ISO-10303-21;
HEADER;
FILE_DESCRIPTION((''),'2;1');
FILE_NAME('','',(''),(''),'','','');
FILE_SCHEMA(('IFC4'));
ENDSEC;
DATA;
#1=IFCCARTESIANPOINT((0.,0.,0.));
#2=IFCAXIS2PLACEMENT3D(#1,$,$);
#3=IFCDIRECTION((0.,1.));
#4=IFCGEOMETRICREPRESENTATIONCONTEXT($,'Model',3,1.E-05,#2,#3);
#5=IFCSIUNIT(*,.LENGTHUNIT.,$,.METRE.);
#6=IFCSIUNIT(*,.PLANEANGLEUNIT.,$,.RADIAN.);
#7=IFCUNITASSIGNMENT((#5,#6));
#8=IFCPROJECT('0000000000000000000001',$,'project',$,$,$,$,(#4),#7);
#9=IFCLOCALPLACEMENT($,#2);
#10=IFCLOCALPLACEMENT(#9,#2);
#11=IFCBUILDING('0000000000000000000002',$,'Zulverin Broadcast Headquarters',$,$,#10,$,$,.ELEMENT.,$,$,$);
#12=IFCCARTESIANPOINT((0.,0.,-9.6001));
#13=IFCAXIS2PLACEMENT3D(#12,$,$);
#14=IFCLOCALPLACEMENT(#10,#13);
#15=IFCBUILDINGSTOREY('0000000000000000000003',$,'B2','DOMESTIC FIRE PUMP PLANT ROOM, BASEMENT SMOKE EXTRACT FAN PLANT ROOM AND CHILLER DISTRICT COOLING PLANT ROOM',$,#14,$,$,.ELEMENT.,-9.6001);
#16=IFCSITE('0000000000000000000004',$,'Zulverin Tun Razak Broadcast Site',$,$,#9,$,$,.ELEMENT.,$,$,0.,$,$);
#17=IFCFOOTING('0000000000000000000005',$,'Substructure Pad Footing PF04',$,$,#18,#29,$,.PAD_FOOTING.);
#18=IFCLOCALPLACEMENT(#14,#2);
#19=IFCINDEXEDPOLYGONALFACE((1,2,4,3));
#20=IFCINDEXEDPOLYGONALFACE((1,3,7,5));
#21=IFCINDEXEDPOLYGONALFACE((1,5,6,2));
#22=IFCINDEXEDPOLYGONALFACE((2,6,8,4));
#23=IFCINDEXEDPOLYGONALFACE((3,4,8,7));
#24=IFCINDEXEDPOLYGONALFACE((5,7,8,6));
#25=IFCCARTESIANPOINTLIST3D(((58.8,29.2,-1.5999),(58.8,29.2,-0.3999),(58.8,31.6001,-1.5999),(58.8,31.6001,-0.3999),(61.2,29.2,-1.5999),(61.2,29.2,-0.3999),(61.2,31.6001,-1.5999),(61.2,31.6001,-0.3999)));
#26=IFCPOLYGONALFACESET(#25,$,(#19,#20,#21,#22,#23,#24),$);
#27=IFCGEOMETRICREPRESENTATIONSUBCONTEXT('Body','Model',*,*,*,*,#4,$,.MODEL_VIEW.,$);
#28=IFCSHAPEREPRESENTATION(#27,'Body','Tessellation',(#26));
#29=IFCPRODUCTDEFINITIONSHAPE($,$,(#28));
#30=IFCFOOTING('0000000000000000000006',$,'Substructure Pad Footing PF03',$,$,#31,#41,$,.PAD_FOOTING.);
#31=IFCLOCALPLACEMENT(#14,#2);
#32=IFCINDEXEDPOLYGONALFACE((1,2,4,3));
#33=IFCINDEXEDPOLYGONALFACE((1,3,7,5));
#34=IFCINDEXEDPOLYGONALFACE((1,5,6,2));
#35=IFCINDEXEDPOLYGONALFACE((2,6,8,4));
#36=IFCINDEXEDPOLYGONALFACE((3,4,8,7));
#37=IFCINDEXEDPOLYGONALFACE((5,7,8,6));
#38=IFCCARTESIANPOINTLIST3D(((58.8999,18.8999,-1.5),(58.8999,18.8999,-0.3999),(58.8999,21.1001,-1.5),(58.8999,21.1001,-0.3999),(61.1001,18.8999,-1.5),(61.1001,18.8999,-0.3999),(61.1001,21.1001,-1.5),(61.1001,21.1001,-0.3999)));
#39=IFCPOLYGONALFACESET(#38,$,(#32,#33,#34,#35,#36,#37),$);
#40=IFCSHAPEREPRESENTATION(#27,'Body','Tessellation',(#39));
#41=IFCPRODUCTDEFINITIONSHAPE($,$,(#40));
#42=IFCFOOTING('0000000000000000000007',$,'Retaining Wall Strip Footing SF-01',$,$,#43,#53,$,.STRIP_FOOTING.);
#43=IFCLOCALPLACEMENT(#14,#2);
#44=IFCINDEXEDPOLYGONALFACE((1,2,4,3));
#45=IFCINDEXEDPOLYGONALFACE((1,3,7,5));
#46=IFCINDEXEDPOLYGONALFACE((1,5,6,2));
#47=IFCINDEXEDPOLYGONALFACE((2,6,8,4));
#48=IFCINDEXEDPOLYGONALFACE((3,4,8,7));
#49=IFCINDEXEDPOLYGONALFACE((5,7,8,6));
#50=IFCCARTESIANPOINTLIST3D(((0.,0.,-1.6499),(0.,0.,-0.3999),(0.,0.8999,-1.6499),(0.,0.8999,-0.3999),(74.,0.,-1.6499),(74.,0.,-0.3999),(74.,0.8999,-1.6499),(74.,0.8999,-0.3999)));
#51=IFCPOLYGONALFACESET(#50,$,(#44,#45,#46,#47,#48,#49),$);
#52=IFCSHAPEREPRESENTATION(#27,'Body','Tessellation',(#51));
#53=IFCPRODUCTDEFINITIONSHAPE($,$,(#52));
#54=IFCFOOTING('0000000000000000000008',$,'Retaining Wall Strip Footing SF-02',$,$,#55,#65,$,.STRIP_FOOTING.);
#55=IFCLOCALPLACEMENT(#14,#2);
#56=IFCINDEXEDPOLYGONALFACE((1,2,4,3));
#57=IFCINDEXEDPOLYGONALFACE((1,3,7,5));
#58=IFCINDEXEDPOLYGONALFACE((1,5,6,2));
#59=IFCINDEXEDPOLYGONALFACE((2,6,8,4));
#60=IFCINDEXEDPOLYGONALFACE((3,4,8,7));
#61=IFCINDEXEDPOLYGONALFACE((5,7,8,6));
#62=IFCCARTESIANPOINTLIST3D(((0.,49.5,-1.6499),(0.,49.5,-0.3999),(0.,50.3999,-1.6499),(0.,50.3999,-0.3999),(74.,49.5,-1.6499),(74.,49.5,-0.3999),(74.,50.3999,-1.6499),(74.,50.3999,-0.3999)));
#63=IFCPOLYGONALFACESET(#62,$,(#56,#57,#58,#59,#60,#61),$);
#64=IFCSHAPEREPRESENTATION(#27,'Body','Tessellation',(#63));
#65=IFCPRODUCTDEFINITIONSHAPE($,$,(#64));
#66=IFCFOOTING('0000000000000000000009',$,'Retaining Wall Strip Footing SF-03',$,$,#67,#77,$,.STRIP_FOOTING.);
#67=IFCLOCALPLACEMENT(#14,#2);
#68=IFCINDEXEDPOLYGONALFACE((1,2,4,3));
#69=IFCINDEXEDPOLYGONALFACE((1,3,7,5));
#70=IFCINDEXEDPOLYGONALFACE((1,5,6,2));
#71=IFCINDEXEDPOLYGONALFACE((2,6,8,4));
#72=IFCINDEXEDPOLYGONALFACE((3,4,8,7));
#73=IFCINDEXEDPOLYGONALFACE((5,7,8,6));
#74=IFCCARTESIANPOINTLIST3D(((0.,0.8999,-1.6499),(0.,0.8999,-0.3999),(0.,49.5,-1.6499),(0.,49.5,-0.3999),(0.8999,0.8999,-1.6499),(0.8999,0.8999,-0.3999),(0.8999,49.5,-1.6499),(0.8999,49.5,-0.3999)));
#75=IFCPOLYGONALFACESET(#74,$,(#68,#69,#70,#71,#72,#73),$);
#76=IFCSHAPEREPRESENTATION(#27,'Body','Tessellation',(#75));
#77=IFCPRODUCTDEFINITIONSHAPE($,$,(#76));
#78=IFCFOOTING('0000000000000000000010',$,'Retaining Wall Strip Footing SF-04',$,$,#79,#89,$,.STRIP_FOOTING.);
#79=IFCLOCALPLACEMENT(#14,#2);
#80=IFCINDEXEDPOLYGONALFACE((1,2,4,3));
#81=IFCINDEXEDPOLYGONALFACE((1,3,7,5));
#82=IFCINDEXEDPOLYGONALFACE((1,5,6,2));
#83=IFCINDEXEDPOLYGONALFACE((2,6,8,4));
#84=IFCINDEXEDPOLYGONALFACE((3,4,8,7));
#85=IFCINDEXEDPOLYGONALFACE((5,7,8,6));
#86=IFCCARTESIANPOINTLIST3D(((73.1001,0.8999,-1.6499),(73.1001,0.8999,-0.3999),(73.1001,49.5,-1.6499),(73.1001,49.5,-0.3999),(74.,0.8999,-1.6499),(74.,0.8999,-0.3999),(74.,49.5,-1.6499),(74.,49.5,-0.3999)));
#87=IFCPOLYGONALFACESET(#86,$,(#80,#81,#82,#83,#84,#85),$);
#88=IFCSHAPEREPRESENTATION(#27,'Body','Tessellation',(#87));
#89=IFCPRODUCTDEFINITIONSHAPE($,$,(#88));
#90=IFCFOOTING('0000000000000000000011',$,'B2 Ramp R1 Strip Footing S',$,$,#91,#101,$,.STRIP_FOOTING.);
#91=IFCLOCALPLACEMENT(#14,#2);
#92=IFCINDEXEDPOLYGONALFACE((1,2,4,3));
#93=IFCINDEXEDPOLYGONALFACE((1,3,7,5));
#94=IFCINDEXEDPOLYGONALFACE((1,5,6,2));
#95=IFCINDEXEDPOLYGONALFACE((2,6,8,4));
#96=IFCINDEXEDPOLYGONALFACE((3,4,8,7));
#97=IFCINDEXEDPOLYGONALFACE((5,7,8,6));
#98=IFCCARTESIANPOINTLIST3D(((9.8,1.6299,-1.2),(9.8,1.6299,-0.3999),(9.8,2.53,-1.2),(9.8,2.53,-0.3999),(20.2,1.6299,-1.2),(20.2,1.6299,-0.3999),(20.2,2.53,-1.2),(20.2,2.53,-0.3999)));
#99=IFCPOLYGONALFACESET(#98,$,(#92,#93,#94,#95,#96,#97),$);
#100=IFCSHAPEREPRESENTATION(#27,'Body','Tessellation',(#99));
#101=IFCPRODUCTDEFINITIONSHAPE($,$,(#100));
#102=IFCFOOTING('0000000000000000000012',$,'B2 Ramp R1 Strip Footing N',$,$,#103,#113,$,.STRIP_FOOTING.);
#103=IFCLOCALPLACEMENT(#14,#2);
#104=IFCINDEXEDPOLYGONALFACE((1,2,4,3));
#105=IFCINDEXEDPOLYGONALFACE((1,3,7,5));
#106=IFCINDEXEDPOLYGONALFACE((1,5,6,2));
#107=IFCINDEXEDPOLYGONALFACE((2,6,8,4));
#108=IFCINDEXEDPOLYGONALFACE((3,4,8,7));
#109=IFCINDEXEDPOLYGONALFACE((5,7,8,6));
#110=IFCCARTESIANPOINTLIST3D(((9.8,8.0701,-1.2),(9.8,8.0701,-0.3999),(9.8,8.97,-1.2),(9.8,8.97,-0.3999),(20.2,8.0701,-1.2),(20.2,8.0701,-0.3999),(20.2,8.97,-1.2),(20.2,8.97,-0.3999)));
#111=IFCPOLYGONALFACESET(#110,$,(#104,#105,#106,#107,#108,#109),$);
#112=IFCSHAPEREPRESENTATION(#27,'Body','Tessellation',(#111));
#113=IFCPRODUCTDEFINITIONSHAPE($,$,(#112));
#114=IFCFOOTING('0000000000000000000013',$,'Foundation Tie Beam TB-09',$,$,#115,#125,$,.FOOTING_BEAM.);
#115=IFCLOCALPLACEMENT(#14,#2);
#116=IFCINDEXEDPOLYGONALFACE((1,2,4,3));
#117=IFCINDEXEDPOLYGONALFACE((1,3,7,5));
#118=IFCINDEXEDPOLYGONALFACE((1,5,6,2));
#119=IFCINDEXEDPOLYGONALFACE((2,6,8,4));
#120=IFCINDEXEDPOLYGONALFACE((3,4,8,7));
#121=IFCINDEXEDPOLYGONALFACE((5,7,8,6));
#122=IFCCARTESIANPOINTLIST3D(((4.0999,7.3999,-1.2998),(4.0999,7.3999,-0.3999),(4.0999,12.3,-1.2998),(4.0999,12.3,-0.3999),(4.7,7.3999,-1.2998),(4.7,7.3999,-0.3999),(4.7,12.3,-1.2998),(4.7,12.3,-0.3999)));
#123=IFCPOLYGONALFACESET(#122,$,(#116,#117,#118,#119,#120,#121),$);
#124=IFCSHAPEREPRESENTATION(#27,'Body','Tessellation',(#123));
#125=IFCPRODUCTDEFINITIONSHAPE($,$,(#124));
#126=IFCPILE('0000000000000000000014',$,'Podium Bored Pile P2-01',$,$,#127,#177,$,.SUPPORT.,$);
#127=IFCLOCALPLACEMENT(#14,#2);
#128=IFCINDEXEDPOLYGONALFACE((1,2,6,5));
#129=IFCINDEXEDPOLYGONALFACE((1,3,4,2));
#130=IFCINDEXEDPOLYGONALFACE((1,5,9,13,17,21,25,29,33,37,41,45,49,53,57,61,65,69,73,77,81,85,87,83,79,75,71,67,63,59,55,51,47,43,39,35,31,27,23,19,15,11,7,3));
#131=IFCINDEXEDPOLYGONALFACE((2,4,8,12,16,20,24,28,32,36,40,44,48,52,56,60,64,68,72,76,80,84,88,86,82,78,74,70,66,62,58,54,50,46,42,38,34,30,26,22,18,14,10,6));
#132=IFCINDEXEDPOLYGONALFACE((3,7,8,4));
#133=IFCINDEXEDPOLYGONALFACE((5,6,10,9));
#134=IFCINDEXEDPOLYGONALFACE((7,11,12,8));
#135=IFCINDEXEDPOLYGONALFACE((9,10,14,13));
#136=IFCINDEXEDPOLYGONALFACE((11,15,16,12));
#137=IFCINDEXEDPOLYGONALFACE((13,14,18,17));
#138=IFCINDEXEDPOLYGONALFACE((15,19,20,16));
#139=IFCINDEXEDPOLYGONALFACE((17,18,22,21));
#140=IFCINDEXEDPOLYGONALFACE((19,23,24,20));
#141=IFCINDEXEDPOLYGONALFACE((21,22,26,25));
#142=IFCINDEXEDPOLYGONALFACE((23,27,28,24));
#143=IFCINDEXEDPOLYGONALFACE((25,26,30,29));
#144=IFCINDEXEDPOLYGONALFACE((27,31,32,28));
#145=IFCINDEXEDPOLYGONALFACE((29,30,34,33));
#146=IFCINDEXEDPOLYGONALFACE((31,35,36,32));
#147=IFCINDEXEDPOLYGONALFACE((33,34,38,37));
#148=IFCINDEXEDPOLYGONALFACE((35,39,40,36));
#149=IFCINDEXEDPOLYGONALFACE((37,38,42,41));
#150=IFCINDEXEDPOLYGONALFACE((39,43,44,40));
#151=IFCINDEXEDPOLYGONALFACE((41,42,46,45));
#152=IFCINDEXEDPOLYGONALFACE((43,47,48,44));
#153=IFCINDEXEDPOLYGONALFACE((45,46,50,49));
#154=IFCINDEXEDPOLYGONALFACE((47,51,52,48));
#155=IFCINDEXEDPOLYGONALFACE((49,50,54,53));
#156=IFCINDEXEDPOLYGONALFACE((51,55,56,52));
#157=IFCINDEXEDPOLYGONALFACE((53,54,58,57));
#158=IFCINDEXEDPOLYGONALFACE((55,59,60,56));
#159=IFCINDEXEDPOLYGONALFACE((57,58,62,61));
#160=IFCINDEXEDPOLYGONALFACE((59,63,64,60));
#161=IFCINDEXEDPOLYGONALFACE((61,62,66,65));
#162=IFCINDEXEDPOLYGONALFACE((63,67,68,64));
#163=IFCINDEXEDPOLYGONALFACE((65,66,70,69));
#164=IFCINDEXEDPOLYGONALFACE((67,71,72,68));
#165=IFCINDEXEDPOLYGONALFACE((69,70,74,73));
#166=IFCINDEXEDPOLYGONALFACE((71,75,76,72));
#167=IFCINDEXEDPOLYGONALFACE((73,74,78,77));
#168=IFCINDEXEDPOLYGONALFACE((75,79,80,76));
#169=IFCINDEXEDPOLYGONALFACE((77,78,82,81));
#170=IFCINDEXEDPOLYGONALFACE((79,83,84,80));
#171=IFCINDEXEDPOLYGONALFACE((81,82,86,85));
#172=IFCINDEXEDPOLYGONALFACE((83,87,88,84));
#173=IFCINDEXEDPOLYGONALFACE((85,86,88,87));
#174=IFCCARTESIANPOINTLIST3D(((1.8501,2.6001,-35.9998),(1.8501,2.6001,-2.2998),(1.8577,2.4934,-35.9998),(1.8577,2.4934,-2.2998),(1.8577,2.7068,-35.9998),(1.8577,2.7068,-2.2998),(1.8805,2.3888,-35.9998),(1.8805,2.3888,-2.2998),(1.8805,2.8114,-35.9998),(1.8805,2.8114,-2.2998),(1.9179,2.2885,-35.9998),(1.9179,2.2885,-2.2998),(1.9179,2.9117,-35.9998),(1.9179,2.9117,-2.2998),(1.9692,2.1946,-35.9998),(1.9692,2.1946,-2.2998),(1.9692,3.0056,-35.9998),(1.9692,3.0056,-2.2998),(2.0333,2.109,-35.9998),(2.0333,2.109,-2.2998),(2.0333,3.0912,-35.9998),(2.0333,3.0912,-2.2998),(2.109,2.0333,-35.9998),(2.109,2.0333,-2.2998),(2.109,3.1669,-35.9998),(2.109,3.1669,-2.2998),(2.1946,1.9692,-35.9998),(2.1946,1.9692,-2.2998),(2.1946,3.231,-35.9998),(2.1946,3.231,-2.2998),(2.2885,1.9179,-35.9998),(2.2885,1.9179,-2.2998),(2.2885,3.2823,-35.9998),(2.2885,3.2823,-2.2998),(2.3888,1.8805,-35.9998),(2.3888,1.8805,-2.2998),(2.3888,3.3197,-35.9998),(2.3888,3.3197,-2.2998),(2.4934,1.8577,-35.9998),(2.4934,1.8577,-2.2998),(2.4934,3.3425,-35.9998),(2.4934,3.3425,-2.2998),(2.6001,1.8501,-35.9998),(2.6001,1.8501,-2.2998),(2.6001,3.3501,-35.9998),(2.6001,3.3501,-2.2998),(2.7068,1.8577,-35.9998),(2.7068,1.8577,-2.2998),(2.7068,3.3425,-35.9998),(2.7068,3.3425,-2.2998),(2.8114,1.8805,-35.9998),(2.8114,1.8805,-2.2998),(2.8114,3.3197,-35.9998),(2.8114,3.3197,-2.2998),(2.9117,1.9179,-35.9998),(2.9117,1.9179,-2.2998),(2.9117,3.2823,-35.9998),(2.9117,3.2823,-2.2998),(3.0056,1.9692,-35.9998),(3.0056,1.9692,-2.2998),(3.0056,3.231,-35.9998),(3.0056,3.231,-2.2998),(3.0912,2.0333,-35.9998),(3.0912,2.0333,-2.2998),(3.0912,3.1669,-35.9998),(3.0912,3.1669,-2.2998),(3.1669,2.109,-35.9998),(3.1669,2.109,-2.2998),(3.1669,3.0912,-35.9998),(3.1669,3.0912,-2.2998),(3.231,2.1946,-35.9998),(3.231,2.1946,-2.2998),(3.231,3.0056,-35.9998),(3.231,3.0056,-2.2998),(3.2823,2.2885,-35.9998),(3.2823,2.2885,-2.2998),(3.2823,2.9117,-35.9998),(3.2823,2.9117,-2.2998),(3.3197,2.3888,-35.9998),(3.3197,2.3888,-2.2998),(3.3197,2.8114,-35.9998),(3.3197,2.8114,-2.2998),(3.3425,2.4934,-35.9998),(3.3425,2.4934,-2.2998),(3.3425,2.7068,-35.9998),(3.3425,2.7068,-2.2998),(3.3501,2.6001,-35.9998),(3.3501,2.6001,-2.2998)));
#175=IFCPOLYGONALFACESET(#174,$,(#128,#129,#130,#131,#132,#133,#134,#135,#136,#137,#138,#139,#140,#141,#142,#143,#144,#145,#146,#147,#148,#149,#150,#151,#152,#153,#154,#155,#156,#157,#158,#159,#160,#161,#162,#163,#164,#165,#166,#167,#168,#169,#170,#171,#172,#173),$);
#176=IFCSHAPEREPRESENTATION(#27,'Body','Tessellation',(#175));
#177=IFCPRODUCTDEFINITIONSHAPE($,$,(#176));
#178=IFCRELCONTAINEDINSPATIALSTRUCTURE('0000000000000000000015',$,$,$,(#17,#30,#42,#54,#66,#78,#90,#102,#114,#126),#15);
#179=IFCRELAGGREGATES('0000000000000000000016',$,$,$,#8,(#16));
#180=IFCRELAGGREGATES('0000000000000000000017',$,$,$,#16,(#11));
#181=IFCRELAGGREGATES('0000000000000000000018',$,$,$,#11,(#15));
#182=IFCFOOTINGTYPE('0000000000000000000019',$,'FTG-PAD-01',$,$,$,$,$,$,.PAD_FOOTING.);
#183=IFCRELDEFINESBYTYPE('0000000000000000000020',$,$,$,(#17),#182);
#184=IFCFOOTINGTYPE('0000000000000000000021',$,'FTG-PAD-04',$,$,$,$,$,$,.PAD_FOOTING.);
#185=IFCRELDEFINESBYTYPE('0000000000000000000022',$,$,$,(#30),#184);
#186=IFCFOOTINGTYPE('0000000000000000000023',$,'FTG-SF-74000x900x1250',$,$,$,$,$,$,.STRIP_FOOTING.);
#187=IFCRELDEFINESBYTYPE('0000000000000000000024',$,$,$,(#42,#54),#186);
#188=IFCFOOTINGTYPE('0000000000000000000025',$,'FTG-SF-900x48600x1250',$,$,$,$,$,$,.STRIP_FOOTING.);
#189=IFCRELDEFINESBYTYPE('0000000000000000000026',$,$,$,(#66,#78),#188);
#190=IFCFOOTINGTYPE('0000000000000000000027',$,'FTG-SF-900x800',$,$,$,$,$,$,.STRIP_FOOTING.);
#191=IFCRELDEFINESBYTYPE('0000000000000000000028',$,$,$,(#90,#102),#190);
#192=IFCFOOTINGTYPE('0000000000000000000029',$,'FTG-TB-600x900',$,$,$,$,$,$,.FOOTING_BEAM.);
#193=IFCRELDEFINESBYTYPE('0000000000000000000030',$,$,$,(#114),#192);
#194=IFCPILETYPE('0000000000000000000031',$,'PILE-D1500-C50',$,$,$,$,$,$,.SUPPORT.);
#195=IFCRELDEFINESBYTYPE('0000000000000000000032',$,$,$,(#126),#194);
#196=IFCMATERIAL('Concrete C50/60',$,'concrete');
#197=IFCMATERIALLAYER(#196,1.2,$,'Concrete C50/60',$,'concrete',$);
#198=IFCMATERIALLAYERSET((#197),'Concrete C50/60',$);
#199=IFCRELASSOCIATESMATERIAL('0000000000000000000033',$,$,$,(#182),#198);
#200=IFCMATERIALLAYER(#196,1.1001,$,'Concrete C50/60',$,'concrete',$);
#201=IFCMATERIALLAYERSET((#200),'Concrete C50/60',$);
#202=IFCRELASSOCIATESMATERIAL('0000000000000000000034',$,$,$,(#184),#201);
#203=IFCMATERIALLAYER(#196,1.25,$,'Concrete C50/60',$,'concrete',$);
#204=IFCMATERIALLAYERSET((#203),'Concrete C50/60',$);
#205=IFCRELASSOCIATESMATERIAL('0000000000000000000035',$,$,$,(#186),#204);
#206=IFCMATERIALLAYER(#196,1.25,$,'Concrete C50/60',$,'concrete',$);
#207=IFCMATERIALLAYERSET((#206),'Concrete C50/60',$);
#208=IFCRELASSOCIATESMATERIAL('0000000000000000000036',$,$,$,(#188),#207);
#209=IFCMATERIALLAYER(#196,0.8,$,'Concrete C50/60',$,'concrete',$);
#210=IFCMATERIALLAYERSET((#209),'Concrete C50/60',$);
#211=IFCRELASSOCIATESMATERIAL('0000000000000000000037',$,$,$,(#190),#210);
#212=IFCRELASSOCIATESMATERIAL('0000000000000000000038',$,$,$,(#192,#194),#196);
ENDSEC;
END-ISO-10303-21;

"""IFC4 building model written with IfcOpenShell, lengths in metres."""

from ifc_helpers import new_model, si_unit, direction, frame, origin, origin_2d, place, context, subcontext, project, spatial, polyline, rectangle, circle, outline, extrude, material, layer, layer_set, material_profile, profile_set, type_object, element, save


model = new_model("IFC4")

# Units and contexts
model_context = context("Model", 3, precision=1e-05, world=origin(), true_north=direction((0.0, 1.0)))
body_context = subcontext(model_context, "Body", "Model", "MODEL_VIEW")
ifc_project = project(units=[si_unit("LENGTHUNIT", "METRE"), si_unit("PLANEANGLEUNIT", "RADIAN")], contexts=[model_context])

# Site, building, storey
site_placement = place(None, origin())
site = spatial("IfcSite", under=ifc_project, at=site_placement, Name="Zulverin Tun Razak Broadcast Site", CompositionType="ELEMENT", RefElevation=0.0)
building_placement = place(site_placement, origin())
building = spatial("IfcBuilding", under=site, at=building_placement, Name="Zulverin Broadcast Headquarters", CompositionType="ELEMENT")
storey_placement = place(building_placement, frame((0.0, 0.0, -9.6001)))
storey = spatial("IfcBuildingStorey", under=building, at=storey_placement, Name="B2", Description="DOMESTIC FIRE PUMP PLANT ROOM, BASEMENT SMOKE EXTRACT FAN PLANT ROOM AND CHILLER DISTRICT COOLING PLANT ROOM", CompositionType="ELEMENT", Elevation=-9.6001)

# Footings
ifc_material_1 = material(Name="Concrete C50/60", Category="concrete")
ifc_layer_1 = layer(ifc_material_1, 1.2, Name="Concrete C50/60", Category="concrete")
ifc_layer_set_1 = layer_set([ifc_layer_1], Name="Concrete C50/60")
footing_type_1 = type_object("IfcFootingType", Name="FTG-PAD-01", PredefinedType="PAD_FOOTING", material=ifc_layer_set_1)
footing_1_placement = place(storey_placement, frame((0.0, 0.0, -1.5999)))
element("IfcFooting", 1, at=footing_1_placement, inside=storey, type_object=footing_type_1, Name="Substructure Pad Footing PF04", PredefinedType="PAD_FOOTING", context=body_context, shape_type="SweptSolid", body=[
    extrude(outline(polyline([(58.8, 29.2), (61.2, 29.2), (61.2, 31.6001), (58.8, 31.6001), (58.8, 29.2)])), origin(), (0.0, 0.0, 1.0), 1.2),
])
ifc_layer_2 = layer(ifc_material_1, 1.1001, Name="Concrete C50/60", Category="concrete")
ifc_layer_set_2 = layer_set([ifc_layer_2], Name="Concrete C50/60")
footing_type_2 = type_object("IfcFootingType", Name="FTG-PAD-04", PredefinedType="PAD_FOOTING", material=ifc_layer_set_2)
footing_2_placement = place(storey_placement, frame((0.0, 0.0, -1.5)))
element("IfcFooting", 2, at=footing_2_placement, inside=storey, type_object=footing_type_2, Name="Substructure Pad Footing PF03", PredefinedType="PAD_FOOTING", context=body_context, shape_type="SweptSolid", body=[
    extrude(outline(polyline([(58.8999, 18.8999), (61.1001, 18.8999), (61.1001, 21.1001), (58.8999, 21.1001), (58.8999, 18.8999)])), origin(), (0.0, 0.0, 1.0), 1.1001),
])
ifc_layer_3 = layer(ifc_material_1, 1.25, Name="Concrete C50/60", Category="concrete")
ifc_layer_set_3 = layer_set([ifc_layer_3], Name="Concrete C50/60")
footing_type_3 = type_object("IfcFootingType", Name="FTG-SF-74000x900x1250", PredefinedType="STRIP_FOOTING", material=ifc_layer_set_3)
footing_3_placement = place(storey_placement, frame((0.0, 0.0, -1.6499)))
element("IfcFooting", 3, at=footing_3_placement, inside=storey, type_object=footing_type_3, Name="Retaining Wall Strip Footing SF-01", PredefinedType="STRIP_FOOTING", context=body_context, shape_type="SweptSolid", body=[
    extrude(outline(polyline([(0.0, 0.0), (74.0, 0.0), (74.0, 0.8999), (0.0, 0.8999), (0.0, 0.0)])), origin(), (0.0, 0.0, 1.0), 1.25),
])
footing_4_placement = place(storey_placement, frame((0.0, 0.0, -1.6499)))
element("IfcFooting", 4, at=footing_4_placement, inside=storey, type_object=footing_type_3, Name="Retaining Wall Strip Footing SF-02", PredefinedType="STRIP_FOOTING", context=body_context, shape_type="SweptSolid", body=[
    extrude(outline(polyline([(0.0, 49.5), (74.0, 49.5), (74.0, 50.3999), (0.0, 50.3999), (0.0, 49.5)])), origin(), (0.0, 0.0, 1.0), 1.25),
])
ifc_layer_4 = layer(ifc_material_1, 1.25, Name="Concrete C50/60", Category="concrete")
ifc_layer_set_4 = layer_set([ifc_layer_4], Name="Concrete C50/60")
footing_type_4 = type_object("IfcFootingType", Name="FTG-SF-900x48600x1250", PredefinedType="STRIP_FOOTING", material=ifc_layer_set_4)
footing_5_placement = place(storey_placement, frame((0.0, 0.0, -1.6499)))
element("IfcFooting", 5, at=footing_5_placement, inside=storey, type_object=footing_type_4, Name="Retaining Wall Strip Footing SF-03", PredefinedType="STRIP_FOOTING", context=body_context, shape_type="SweptSolid", body=[
    extrude(outline(polyline([(0.0, 0.8999), (0.8999, 0.8999), (0.8999, 49.5), (0.0, 49.5), (0.0, 0.8999)])), origin(), (0.0, 0.0, 1.0), 1.25),
])
footing_6_placement = place(storey_placement, frame((0.0, 0.0, -1.6499)))
element("IfcFooting", 6, at=footing_6_placement, inside=storey, type_object=footing_type_4, Name="Retaining Wall Strip Footing SF-04", PredefinedType="STRIP_FOOTING", context=body_context, shape_type="SweptSolid", body=[
    extrude(outline(polyline([(73.1001, 0.8999), (74.0, 0.8999), (74.0, 49.5), (73.1001, 49.5), (73.1001, 0.8999)])), origin(), (0.0, 0.0, 1.0), 1.25),
])
ifc_layer_5 = layer(ifc_material_1, 0.8, Name="Concrete C50/60", Category="concrete")
ifc_layer_set_5 = layer_set([ifc_layer_5], Name="Concrete C50/60")
footing_type_5 = type_object("IfcFootingType", Name="FTG-SF-900x800", PredefinedType="STRIP_FOOTING", material=ifc_layer_set_5)
footing_7_placement = place(storey_placement, frame((0.0, 0.0, -1.2)))
element("IfcFooting", 7, at=footing_7_placement, inside=storey, type_object=footing_type_5, Name="B2 Ramp R1 Strip Footing S", PredefinedType="STRIP_FOOTING", context=body_context, shape_type="SweptSolid", body=[
    extrude(outline(polyline([(9.8, 1.6299), (20.2, 1.6299), (20.2, 2.53), (9.8, 2.53), (9.8, 1.6299)])), origin(), (0.0, 0.0, 1.0), 0.8),
])
footing_8_placement = place(storey_placement, frame((0.0, 0.0, -1.2)))
element("IfcFooting", 8, at=footing_8_placement, inside=storey, type_object=footing_type_5, Name="B2 Ramp R1 Strip Footing N", PredefinedType="STRIP_FOOTING", context=body_context, shape_type="SweptSolid", body=[
    extrude(outline(polyline([(9.8, 8.0701), (20.2, 8.0701), (20.2, 8.97), (9.8, 8.97), (9.8, 8.0701)])), origin(), (0.0, 0.0, 1.0), 0.8),
])
ifc_material_profile_1 = material_profile(ifc_material_1, rectangle(XDim=0.6001, YDim=0.8999, at=origin_2d()), Name="Concrete C50/60", Category="concrete")
ifc_profile_set_1 = profile_set([ifc_material_profile_1], Name="Concrete C50/60")
footing_type_6 = type_object("IfcFootingType", Name="FTG-TB-600x900", PredefinedType="FOOTING_BEAM", material=ifc_profile_set_1)
footing_9_placement = place(storey_placement, frame((4.3999, 7.3999, -0.8499), z_axis=(0.0, 1.0, 0.0), x_axis=(-1.0, 0.0, 0.0)))
element("IfcFooting", 9, at=footing_9_placement, inside=storey, type_object=footing_type_6, Name="Foundation Tie Beam TB-09", PredefinedType="FOOTING_BEAM", context=body_context, shape_type="SweptSolid", body=[
    extrude(rectangle(XDim=0.6001, YDim=0.8999, at=origin_2d()), origin(), (0.0, 0.0, 1.0), 4.9001),
])

# Pile
ifc_material_profile_2 = material_profile(ifc_material_1, circle(Radius=0.75, at=origin_2d()), Name="Concrete C50/60", Category="concrete")
ifc_profile_set_2 = profile_set([ifc_material_profile_2], Name="Concrete C50/60")
pile_type = type_object("IfcPileType", Name="PILE-D1500-C50", PredefinedType="SUPPORT", material=ifc_profile_set_2)
for number, where, z_axis, x_axis, name in (
    (10, (2.6001, 2.6001, -2.2998), (0.0, 0.0, -1.0), (1.0, 0.0, 0.0), "Podium Bored Pile P2-01"),
):
    element("IfcPile", number, at=place(storey_placement, frame(where, z_axis=z_axis, x_axis=x_axis)), inside=storey, type_object=pile_type, Name=name, PredefinedType="SUPPORT", context=body_context, shape_type="SweptSolid", body=[
        extrude(circle(Radius=0.75, at=origin_2d()), origin(), (0.0, 0.0, 1.0), 33.7),
    ])

save(model, "model.ifc")
